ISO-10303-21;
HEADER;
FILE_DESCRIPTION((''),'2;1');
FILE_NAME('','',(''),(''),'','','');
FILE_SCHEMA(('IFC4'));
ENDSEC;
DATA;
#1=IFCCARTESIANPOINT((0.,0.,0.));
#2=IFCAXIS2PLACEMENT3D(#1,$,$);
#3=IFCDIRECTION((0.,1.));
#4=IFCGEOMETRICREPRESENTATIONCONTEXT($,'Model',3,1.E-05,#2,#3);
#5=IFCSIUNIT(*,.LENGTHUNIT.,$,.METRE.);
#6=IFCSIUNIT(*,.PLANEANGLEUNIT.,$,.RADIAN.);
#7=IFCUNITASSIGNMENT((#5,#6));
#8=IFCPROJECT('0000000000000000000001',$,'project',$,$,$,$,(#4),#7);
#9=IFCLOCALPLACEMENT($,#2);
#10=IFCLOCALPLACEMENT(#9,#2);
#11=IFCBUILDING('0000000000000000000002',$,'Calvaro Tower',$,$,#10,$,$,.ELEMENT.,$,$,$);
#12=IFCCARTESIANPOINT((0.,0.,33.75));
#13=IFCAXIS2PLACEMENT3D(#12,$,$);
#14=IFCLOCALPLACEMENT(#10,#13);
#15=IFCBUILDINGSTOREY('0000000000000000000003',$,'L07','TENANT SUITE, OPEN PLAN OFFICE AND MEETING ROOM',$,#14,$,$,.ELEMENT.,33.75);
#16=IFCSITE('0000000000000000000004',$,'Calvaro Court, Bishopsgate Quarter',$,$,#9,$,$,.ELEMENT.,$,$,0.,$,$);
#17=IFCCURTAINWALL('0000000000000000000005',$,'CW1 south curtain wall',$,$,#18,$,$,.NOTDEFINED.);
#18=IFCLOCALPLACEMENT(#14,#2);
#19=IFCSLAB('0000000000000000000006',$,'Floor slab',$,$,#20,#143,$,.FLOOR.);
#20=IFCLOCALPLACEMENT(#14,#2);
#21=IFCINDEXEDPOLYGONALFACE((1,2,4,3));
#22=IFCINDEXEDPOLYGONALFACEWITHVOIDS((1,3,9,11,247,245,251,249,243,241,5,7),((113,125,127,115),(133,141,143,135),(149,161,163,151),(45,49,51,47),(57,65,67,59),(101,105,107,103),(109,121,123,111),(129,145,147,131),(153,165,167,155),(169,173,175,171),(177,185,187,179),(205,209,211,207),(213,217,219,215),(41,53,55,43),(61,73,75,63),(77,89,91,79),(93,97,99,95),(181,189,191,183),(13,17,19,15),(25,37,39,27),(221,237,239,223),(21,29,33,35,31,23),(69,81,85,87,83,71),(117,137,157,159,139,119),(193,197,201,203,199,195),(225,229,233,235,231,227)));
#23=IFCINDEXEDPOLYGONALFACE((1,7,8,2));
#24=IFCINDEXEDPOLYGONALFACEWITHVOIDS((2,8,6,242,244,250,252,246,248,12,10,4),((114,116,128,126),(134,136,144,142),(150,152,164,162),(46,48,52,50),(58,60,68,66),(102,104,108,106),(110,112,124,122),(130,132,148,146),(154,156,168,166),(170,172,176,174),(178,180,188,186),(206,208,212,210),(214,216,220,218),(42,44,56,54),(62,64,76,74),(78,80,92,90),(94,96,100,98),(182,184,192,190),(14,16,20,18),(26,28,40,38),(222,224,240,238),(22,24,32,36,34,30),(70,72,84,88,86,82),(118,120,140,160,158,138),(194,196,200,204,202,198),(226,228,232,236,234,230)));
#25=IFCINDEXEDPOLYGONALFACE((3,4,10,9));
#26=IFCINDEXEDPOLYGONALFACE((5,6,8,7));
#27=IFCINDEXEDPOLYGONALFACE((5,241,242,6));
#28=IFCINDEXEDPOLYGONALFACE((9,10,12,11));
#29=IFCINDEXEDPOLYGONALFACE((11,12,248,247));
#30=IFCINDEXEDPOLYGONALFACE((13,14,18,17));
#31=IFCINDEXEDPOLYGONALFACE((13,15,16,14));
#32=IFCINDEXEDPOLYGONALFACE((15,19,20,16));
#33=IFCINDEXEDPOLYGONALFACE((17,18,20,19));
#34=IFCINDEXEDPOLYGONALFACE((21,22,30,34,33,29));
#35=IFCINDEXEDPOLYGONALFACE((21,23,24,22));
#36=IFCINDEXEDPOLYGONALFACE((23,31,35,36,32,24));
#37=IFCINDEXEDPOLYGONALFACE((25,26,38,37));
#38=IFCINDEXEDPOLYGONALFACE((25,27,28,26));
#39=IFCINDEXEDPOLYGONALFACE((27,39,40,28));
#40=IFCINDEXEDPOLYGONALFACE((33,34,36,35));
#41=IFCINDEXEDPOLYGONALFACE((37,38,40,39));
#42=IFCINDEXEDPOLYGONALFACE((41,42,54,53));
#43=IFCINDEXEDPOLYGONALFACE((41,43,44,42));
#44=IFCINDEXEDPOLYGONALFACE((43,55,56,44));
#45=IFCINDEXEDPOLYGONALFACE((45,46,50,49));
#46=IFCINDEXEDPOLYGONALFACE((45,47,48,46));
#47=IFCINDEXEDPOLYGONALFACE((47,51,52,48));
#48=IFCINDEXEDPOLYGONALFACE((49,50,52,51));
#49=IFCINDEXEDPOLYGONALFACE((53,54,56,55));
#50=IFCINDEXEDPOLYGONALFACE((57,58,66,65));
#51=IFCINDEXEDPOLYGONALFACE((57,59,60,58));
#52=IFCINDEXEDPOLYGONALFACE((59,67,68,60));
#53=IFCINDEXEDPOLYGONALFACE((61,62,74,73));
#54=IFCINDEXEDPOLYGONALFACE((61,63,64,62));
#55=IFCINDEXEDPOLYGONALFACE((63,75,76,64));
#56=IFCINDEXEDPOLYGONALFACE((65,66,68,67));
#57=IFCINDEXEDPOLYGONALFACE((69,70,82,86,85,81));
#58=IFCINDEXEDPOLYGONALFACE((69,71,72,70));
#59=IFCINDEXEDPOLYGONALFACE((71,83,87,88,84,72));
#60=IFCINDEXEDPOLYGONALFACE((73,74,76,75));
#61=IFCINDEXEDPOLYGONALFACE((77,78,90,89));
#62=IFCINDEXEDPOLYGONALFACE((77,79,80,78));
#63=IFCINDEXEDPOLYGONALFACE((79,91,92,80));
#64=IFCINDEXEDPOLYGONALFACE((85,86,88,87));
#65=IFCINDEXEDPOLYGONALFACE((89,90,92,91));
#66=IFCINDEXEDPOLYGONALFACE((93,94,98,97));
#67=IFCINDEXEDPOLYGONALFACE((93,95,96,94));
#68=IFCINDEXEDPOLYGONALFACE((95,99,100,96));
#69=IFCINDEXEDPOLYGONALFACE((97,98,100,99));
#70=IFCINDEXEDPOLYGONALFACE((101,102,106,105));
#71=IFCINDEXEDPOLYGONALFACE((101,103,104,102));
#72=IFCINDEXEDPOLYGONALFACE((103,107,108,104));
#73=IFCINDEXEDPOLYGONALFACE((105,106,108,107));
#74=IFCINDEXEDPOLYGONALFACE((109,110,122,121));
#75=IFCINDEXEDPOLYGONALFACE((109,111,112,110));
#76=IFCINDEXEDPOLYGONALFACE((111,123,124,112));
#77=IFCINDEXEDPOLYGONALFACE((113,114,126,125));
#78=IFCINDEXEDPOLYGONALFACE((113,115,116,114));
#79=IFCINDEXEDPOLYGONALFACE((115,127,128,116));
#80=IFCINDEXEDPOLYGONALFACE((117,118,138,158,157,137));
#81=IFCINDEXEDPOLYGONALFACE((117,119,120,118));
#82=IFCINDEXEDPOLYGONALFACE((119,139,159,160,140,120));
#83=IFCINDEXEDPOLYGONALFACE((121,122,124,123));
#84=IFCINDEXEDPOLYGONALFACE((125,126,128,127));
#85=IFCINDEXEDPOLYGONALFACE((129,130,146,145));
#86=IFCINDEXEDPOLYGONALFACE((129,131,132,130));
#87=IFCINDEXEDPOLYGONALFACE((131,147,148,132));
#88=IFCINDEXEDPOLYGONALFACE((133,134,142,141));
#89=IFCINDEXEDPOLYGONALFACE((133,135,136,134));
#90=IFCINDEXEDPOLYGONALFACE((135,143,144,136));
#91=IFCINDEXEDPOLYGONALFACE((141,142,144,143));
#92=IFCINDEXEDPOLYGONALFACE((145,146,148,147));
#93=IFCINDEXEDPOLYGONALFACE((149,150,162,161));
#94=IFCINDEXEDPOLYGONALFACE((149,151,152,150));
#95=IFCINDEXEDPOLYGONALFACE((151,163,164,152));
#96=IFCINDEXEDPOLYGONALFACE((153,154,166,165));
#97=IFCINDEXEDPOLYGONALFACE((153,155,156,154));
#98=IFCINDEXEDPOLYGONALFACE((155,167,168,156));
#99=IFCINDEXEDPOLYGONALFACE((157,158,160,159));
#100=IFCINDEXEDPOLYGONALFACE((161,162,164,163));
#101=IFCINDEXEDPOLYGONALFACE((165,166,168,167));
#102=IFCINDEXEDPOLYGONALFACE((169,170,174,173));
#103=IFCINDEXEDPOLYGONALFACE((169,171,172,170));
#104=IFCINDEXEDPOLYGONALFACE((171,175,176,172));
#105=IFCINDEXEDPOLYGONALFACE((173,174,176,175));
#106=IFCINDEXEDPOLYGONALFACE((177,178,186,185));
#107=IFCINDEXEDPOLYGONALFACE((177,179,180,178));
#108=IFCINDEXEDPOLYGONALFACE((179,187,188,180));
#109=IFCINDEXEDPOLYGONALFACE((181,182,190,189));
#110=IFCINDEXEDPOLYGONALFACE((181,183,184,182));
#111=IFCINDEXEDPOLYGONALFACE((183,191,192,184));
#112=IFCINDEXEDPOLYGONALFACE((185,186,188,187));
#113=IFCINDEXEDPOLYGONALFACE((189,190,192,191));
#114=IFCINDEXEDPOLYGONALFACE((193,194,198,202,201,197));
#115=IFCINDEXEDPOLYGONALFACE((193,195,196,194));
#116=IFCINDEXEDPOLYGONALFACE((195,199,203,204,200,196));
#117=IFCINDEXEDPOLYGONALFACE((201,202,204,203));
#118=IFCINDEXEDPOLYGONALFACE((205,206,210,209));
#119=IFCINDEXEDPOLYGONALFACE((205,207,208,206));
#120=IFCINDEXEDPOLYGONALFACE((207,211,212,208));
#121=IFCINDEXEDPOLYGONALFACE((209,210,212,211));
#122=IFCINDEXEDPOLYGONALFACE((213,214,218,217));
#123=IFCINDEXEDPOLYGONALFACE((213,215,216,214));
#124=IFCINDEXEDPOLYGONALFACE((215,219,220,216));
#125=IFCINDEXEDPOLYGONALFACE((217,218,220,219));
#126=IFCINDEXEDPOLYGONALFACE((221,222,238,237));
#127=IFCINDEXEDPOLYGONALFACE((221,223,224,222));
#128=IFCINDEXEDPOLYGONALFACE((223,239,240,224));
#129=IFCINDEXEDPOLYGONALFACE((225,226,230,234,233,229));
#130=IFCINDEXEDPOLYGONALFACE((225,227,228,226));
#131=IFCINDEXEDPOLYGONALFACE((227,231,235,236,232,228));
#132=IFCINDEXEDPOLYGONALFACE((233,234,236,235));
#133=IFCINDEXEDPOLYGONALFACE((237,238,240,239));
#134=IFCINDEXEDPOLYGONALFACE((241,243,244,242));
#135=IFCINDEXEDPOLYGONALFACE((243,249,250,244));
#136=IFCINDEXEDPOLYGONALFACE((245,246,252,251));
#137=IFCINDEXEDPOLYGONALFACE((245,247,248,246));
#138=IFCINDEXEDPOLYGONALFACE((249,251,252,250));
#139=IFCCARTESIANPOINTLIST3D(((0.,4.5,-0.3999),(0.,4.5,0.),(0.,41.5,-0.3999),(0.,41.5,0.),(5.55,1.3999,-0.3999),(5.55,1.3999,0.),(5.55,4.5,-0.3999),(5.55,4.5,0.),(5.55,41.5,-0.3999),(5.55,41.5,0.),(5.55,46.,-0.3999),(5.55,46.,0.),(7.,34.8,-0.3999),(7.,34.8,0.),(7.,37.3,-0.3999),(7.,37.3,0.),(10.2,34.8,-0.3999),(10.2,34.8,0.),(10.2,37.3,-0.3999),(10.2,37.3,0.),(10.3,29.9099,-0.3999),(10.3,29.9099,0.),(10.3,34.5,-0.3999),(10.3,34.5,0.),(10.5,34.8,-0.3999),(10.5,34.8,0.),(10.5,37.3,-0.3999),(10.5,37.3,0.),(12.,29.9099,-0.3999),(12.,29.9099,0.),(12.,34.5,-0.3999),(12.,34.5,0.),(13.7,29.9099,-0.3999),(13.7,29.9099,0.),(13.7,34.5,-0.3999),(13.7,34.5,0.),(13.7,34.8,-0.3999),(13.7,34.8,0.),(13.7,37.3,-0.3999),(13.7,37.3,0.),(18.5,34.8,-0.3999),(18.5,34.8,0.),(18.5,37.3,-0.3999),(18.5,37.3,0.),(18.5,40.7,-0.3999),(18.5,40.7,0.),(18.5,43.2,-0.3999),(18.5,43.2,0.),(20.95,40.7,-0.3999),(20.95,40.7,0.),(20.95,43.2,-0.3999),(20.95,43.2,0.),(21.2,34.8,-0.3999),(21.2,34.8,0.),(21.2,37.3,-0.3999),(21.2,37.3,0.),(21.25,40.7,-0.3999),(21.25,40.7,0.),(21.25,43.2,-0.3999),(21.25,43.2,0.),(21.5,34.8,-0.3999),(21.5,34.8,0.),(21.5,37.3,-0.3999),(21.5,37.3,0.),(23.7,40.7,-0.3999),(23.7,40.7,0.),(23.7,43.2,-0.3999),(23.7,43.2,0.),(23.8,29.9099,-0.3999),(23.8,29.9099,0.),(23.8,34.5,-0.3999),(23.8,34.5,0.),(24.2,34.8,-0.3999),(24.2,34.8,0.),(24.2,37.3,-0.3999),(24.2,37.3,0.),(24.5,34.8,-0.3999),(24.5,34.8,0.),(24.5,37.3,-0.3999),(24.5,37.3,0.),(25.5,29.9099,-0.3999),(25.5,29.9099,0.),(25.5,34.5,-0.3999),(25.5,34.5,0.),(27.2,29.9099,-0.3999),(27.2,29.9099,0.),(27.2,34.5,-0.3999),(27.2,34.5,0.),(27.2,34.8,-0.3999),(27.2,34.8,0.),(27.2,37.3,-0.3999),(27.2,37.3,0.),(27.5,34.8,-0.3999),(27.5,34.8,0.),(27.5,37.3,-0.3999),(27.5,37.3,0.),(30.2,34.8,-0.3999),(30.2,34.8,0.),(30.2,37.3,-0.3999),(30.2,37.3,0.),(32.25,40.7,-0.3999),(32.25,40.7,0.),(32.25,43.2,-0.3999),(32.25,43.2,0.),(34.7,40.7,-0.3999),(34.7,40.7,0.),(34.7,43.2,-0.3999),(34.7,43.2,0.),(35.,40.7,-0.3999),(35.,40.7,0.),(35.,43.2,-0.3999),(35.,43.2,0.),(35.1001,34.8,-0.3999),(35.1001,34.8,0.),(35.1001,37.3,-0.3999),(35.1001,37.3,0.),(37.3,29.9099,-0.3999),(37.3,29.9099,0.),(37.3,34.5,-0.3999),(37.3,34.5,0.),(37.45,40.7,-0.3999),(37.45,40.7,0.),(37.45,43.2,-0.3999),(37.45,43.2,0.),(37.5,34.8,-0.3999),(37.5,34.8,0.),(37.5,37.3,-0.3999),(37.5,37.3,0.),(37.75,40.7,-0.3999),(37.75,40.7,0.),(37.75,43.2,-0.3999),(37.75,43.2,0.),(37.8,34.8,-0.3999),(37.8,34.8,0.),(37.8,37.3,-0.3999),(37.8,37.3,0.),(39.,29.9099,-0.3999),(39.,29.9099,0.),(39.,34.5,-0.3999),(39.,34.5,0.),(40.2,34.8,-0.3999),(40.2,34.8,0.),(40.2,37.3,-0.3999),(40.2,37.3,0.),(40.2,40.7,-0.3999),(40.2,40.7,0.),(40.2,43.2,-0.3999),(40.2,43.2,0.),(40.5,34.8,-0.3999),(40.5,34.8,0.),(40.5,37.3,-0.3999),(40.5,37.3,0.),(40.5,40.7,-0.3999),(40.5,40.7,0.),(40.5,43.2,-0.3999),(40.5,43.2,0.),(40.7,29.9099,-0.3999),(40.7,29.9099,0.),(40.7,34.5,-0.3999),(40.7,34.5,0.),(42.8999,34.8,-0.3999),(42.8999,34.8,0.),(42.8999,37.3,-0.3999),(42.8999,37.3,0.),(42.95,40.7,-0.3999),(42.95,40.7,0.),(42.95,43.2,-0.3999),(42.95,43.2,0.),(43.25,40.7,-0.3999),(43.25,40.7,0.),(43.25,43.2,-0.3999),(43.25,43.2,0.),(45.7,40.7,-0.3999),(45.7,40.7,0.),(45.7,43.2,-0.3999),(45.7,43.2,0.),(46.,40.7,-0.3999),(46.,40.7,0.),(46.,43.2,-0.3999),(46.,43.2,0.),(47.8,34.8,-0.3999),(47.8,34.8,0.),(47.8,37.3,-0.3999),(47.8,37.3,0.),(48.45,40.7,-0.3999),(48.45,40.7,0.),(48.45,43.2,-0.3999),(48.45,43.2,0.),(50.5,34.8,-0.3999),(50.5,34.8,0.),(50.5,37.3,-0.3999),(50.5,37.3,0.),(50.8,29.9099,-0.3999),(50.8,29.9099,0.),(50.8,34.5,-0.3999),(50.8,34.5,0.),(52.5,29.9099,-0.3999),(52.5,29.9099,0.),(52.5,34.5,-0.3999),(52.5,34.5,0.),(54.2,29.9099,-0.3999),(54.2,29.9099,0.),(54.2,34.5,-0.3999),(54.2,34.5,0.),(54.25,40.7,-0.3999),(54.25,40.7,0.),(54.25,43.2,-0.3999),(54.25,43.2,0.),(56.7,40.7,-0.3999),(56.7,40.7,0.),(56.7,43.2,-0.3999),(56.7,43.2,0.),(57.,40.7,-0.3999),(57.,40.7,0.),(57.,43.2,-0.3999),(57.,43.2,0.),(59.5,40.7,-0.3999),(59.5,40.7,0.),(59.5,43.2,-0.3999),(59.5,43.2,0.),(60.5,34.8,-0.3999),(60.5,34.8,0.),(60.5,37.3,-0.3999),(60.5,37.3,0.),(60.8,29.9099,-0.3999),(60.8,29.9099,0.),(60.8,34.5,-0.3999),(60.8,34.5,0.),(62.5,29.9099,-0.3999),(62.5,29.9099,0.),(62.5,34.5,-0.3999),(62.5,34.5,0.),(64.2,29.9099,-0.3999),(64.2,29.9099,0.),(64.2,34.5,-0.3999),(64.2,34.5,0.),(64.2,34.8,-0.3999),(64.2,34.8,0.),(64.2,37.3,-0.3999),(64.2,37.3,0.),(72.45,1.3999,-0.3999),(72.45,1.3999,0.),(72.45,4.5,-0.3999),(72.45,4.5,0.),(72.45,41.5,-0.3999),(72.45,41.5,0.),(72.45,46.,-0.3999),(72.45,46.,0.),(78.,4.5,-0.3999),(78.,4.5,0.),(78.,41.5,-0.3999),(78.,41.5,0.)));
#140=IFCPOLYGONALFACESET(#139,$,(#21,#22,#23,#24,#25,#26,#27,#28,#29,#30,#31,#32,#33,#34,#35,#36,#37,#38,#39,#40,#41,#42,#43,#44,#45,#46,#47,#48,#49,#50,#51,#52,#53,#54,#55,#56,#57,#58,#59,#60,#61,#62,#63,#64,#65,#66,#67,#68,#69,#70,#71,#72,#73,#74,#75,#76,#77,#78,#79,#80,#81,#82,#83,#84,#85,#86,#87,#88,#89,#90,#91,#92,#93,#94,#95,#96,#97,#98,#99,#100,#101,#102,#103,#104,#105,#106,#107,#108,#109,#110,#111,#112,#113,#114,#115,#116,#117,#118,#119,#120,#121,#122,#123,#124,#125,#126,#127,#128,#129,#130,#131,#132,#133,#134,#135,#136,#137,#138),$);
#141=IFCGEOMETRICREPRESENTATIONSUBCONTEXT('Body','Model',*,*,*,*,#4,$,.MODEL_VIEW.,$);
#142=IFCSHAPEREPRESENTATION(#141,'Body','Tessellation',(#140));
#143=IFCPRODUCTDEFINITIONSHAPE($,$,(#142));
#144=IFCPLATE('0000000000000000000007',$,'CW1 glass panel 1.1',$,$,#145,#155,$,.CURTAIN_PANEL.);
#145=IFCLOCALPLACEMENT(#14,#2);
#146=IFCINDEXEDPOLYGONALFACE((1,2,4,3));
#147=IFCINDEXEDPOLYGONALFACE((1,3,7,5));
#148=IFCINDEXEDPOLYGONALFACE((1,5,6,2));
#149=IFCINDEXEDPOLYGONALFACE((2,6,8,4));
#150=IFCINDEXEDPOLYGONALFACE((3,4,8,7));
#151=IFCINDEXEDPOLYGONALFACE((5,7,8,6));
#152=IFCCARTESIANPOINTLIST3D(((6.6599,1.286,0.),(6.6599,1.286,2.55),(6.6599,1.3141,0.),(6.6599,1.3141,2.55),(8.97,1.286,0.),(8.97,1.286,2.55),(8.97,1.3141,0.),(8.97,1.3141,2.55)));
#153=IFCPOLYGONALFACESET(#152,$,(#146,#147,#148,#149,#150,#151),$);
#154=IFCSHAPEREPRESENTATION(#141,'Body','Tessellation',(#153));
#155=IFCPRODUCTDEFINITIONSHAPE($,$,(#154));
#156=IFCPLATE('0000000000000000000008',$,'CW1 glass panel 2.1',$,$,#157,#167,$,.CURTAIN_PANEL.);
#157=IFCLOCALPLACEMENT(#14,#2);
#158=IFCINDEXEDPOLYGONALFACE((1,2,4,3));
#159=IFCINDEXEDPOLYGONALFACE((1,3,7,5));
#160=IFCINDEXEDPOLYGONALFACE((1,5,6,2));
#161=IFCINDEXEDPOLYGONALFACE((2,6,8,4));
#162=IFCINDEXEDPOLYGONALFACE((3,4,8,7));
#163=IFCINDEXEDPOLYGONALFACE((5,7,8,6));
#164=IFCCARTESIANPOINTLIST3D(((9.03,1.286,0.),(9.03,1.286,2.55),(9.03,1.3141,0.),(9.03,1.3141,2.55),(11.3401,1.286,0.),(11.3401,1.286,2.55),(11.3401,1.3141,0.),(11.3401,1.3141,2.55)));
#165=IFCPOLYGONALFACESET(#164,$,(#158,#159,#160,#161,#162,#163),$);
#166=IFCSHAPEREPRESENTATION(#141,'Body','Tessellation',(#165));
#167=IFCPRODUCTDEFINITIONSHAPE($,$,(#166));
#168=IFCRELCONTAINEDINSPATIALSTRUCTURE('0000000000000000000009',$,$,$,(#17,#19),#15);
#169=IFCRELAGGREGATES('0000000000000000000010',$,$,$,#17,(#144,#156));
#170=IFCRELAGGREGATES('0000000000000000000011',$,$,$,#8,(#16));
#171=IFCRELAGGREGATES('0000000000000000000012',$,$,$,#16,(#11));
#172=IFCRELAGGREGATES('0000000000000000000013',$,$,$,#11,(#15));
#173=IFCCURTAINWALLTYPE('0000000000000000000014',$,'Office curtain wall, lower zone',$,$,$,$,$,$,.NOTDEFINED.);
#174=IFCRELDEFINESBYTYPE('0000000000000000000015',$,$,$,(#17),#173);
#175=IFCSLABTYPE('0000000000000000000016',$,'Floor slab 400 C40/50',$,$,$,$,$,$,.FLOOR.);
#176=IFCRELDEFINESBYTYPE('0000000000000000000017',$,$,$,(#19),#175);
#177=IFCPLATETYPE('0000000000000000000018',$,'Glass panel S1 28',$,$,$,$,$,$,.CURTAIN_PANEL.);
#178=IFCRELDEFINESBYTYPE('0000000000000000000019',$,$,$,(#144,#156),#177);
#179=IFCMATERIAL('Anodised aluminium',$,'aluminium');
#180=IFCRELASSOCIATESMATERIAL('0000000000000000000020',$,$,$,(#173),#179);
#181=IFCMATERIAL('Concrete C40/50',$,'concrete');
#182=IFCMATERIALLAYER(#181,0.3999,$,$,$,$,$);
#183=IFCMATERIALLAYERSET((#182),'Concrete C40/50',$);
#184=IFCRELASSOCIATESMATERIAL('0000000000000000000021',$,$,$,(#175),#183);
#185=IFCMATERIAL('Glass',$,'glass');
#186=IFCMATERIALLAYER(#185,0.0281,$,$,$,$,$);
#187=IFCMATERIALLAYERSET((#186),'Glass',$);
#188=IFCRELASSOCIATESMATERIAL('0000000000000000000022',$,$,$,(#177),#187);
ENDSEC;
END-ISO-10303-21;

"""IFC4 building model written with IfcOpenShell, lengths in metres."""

from ifc_helpers import new_model, si_unit, direction, frame, origin, origin_2d, place, context, subcontext, project, spatial, polyline, rectangle, outline, extrude, material, layer, layer_set, type_object, element, aggregate, save


model = new_model("IFC4")

# Units and contexts
model_context = context("Model", 3, precision=1e-05, world=origin(), true_north=direction((0.0, 1.0)))
body_context = subcontext(model_context, "Body", "Model", "MODEL_VIEW")
ifc_project = project(units=[si_unit("LENGTHUNIT", "METRE"), si_unit("PLANEANGLEUNIT", "RADIAN")], contexts=[model_context])

# Site, building, storey
site_placement = place(None, origin())
site = spatial("IfcSite", under=ifc_project, at=site_placement, Name="Calvaro Court, Bishopsgate Quarter", CompositionType="ELEMENT", RefElevation=0.0)
building_placement = place(site_placement, origin())
building = spatial("IfcBuilding", under=site, at=building_placement, Name="Calvaro Tower", CompositionType="ELEMENT")
storey_placement = place(building_placement, frame((0.0, 0.0, 33.75)))
storey = spatial("IfcBuildingStorey", under=building, at=storey_placement, Name="L07", Description="TENANT SUITE, OPEN PLAN OFFICE AND MEETING ROOM", CompositionType="ELEMENT", Elevation=33.75)

# Curtain wall
ifc_material_1 = material(Name="Anodised aluminium", Category="aluminium")
curtain_wall_type = type_object("IfcCurtainWallType", Name="Office curtain wall, lower zone", PredefinedType="NOTDEFINED", material=ifc_material_1)
curtain_wall_1_placement = place(storey_placement, origin())
curtain_wall_1 = element("IfcCurtainWall", 1, at=curtain_wall_1_placement, inside=storey, type_object=curtain_wall_type, Name="CW1 south curtain wall", PredefinedType="NOTDEFINED")

# Slab
ifc_material_2 = material(Name="Concrete C40/50", Category="concrete")
ifc_layer_1 = layer(ifc_material_2, 0.3999)
ifc_layer_set_1 = layer_set([ifc_layer_1], Name="Concrete C40/50")
slab_type_1 = type_object("IfcSlabType", Name="Floor slab 400 C40/50", PredefinedType="FLOOR", material=ifc_layer_set_1)
slab_1_placement = place(storey_placement, frame((0.0, 0.0, -0.3999)))
element("IfcSlab", 2, at=slab_1_placement, inside=storey, type_object=slab_type_1, Name="Floor slab", PredefinedType="FLOOR", context=body_context, shape_type="SweptSolid", body=[
    extrude(outline(polyline([(72.45, 4.5), (72.45, 1.3999), (5.55, 1.3999), (5.55, 4.5), (0.0, 4.5), (0.0, 41.5), (5.55, 41.5), (5.55, 46.0), (72.45, 46.0), (72.45, 41.5), (78.0, 41.5), (78.0, 4.5), (72.45, 4.5)]), holes=[polyline([(10.3, 29.9099), (10.3, 34.5), (12.0, 34.5), (13.7, 34.5), (13.7, 29.9099), (12.0, 29.9099), (10.3, 29.9099)]), polyline([(23.8, 29.9099), (23.8, 34.5), (25.5, 34.5), (27.2, 34.5), (27.2, 29.9099), (25.5, 29.9099), (23.8, 29.9099)]), polyline([(37.3, 29.9099), (37.3, 34.5), (39.0, 34.5), (40.7, 34.5), (40.7, 29.9099), (39.0, 29.9099), (37.3, 29.9099)]), polyline([(50.8, 29.9099), (50.8, 34.5), (52.5, 34.5), (54.2, 34.5), (54.2, 29.9099), (52.5, 29.9099), (50.8, 29.9099)]), polyline([(60.8, 29.9099), (60.8, 34.5), (62.5, 34.5), (64.2, 34.5), (64.2, 29.9099), (62.5, 29.9099), (60.8, 29.9099)]), polyline([(18.5, 34.8), (21.2, 34.8), (21.2, 37.3), (18.5, 37.3), (18.5, 34.8)]), polyline([(21.5, 34.8), (24.2, 34.8), (24.2, 37.3), (21.5, 37.3), (21.5, 34.8)]), polyline([(24.5, 34.8), (27.2, 34.8), (27.2, 37.3), (24.5, 37.3), (24.5, 34.8)]), polyline([(35.1001, 34.8), (37.5, 34.8), (37.5, 37.3), (35.1001, 37.3), (35.1001, 34.8)]), polyline([(37.8, 34.8), (40.2, 34.8), (40.2, 37.3), (37.8, 37.3), (37.8, 34.8)]), polyline([(40.5, 34.8), (42.8999, 34.8), (42.8999, 37.3), (40.5, 37.3), (40.5, 34.8)]), polyline([(18.5, 40.7), (20.95, 40.7), (20.95, 43.2), (18.5, 43.2), (18.5, 40.7)]), polyline([(21.25, 40.7), (23.7, 40.7), (23.7, 43.2), (21.25, 43.2), (21.25, 40.7)]), polyline([(32.25, 40.7), (34.7, 40.7), (34.7, 43.2), (32.25, 43.2), (32.25, 40.7)]), polyline([(35.0, 40.7), (37.45, 40.7), (37.45, 43.2), (35.0, 43.2), (35.0, 40.7)]), polyline([(37.75, 40.7), (40.2, 40.7), (40.2, 43.2), (37.75, 43.2), (37.75, 40.7)]), polyline([(40.5, 40.7), (42.95, 40.7), (42.95, 43.2), (40.5, 43.2), (40.5, 40.7)]), polyline([(43.25, 40.7), (45.7, 40.7), (45.7, 43.2), (43.25, 43.2), (43.25, 40.7)]), polyline([(46.0, 40.7), (48.45, 40.7), (48.45, 43.2), (46.0, 43.2), (46.0, 40.7)]), polyline([(54.25, 40.7), (56.7, 40.7), (56.7, 43.2), (54.25, 43.2), (54.25, 40.7)]), polyline([(57.0, 40.7), (59.5, 40.7), (59.5, 43.2), (57.0, 43.2), (57.0, 40.7)]), polyline([(7.0, 34.8), (10.2, 34.8), (10.2, 37.3), (7.0, 37.3), (7.0, 34.8)]), polyline([(10.5, 34.8), (13.7, 34.8), (13.7, 37.3), (10.5, 37.3), (10.5, 34.8)]), polyline([(60.5, 34.8), (64.2, 34.8), (64.2, 37.3), (60.5, 37.3), (60.5, 34.8)]), polyline([(27.5, 34.8), (30.2, 34.8), (30.2, 37.3), (27.5, 37.3), (27.5, 34.8)]), polyline([(47.8, 34.8), (50.5, 34.8), (50.5, 37.3), (47.8, 37.3), (47.8, 34.8)])]), origin(), (0.0, 0.0, 1.0), 0.3999),
])

# Plates
ifc_material_3 = material(Name="Glass", Category="glass")
ifc_layer_2 = layer(ifc_material_3, 0.0281)
ifc_layer_set_2 = layer_set([ifc_layer_2], Name="Glass")
plate_type = type_object("IfcPlateType", Name="Glass panel S1 28", PredefinedType="CURTAIN_PANEL", material=ifc_layer_set_2)
plate_1_placement = place(storey_placement, frame((7.8149, 1.3, 0.0), z_axis=(0.0, 0.0, 1.0), x_axis=(1.0, 0.0, 0.0)))
plate_1 = element("IfcPlate", 3, at=plate_1_placement, type_object=plate_type, Name="CW1 glass panel 1.1", PredefinedType="CURTAIN_PANEL", context=body_context, shape_type="SweptSolid", body=[
    extrude(rectangle(XDim=2.3101, YDim=0.0281, at=origin_2d()), origin(), (0.0, 0.0, 1.0), 2.55),
])
plate_2_placement = place(storey_placement, frame((10.1851, 1.3, 0.0), z_axis=(0.0, 0.0, 1.0), x_axis=(1.0, 0.0, 0.0)))
plate_2 = element("IfcPlate", 4, at=plate_2_placement, type_object=plate_type, Name="CW1 glass panel 2.1", PredefinedType="CURTAIN_PANEL", context=body_context, shape_type="SweptSolid", body=[
    extrude(rectangle(XDim=2.3101, YDim=0.0281, at=origin_2d()), origin(), (0.0, 0.0, 1.0), 2.55),
])
aggregate(curtain_wall_1, [plate_1, plate_2])

save(model, "model.ifc")
